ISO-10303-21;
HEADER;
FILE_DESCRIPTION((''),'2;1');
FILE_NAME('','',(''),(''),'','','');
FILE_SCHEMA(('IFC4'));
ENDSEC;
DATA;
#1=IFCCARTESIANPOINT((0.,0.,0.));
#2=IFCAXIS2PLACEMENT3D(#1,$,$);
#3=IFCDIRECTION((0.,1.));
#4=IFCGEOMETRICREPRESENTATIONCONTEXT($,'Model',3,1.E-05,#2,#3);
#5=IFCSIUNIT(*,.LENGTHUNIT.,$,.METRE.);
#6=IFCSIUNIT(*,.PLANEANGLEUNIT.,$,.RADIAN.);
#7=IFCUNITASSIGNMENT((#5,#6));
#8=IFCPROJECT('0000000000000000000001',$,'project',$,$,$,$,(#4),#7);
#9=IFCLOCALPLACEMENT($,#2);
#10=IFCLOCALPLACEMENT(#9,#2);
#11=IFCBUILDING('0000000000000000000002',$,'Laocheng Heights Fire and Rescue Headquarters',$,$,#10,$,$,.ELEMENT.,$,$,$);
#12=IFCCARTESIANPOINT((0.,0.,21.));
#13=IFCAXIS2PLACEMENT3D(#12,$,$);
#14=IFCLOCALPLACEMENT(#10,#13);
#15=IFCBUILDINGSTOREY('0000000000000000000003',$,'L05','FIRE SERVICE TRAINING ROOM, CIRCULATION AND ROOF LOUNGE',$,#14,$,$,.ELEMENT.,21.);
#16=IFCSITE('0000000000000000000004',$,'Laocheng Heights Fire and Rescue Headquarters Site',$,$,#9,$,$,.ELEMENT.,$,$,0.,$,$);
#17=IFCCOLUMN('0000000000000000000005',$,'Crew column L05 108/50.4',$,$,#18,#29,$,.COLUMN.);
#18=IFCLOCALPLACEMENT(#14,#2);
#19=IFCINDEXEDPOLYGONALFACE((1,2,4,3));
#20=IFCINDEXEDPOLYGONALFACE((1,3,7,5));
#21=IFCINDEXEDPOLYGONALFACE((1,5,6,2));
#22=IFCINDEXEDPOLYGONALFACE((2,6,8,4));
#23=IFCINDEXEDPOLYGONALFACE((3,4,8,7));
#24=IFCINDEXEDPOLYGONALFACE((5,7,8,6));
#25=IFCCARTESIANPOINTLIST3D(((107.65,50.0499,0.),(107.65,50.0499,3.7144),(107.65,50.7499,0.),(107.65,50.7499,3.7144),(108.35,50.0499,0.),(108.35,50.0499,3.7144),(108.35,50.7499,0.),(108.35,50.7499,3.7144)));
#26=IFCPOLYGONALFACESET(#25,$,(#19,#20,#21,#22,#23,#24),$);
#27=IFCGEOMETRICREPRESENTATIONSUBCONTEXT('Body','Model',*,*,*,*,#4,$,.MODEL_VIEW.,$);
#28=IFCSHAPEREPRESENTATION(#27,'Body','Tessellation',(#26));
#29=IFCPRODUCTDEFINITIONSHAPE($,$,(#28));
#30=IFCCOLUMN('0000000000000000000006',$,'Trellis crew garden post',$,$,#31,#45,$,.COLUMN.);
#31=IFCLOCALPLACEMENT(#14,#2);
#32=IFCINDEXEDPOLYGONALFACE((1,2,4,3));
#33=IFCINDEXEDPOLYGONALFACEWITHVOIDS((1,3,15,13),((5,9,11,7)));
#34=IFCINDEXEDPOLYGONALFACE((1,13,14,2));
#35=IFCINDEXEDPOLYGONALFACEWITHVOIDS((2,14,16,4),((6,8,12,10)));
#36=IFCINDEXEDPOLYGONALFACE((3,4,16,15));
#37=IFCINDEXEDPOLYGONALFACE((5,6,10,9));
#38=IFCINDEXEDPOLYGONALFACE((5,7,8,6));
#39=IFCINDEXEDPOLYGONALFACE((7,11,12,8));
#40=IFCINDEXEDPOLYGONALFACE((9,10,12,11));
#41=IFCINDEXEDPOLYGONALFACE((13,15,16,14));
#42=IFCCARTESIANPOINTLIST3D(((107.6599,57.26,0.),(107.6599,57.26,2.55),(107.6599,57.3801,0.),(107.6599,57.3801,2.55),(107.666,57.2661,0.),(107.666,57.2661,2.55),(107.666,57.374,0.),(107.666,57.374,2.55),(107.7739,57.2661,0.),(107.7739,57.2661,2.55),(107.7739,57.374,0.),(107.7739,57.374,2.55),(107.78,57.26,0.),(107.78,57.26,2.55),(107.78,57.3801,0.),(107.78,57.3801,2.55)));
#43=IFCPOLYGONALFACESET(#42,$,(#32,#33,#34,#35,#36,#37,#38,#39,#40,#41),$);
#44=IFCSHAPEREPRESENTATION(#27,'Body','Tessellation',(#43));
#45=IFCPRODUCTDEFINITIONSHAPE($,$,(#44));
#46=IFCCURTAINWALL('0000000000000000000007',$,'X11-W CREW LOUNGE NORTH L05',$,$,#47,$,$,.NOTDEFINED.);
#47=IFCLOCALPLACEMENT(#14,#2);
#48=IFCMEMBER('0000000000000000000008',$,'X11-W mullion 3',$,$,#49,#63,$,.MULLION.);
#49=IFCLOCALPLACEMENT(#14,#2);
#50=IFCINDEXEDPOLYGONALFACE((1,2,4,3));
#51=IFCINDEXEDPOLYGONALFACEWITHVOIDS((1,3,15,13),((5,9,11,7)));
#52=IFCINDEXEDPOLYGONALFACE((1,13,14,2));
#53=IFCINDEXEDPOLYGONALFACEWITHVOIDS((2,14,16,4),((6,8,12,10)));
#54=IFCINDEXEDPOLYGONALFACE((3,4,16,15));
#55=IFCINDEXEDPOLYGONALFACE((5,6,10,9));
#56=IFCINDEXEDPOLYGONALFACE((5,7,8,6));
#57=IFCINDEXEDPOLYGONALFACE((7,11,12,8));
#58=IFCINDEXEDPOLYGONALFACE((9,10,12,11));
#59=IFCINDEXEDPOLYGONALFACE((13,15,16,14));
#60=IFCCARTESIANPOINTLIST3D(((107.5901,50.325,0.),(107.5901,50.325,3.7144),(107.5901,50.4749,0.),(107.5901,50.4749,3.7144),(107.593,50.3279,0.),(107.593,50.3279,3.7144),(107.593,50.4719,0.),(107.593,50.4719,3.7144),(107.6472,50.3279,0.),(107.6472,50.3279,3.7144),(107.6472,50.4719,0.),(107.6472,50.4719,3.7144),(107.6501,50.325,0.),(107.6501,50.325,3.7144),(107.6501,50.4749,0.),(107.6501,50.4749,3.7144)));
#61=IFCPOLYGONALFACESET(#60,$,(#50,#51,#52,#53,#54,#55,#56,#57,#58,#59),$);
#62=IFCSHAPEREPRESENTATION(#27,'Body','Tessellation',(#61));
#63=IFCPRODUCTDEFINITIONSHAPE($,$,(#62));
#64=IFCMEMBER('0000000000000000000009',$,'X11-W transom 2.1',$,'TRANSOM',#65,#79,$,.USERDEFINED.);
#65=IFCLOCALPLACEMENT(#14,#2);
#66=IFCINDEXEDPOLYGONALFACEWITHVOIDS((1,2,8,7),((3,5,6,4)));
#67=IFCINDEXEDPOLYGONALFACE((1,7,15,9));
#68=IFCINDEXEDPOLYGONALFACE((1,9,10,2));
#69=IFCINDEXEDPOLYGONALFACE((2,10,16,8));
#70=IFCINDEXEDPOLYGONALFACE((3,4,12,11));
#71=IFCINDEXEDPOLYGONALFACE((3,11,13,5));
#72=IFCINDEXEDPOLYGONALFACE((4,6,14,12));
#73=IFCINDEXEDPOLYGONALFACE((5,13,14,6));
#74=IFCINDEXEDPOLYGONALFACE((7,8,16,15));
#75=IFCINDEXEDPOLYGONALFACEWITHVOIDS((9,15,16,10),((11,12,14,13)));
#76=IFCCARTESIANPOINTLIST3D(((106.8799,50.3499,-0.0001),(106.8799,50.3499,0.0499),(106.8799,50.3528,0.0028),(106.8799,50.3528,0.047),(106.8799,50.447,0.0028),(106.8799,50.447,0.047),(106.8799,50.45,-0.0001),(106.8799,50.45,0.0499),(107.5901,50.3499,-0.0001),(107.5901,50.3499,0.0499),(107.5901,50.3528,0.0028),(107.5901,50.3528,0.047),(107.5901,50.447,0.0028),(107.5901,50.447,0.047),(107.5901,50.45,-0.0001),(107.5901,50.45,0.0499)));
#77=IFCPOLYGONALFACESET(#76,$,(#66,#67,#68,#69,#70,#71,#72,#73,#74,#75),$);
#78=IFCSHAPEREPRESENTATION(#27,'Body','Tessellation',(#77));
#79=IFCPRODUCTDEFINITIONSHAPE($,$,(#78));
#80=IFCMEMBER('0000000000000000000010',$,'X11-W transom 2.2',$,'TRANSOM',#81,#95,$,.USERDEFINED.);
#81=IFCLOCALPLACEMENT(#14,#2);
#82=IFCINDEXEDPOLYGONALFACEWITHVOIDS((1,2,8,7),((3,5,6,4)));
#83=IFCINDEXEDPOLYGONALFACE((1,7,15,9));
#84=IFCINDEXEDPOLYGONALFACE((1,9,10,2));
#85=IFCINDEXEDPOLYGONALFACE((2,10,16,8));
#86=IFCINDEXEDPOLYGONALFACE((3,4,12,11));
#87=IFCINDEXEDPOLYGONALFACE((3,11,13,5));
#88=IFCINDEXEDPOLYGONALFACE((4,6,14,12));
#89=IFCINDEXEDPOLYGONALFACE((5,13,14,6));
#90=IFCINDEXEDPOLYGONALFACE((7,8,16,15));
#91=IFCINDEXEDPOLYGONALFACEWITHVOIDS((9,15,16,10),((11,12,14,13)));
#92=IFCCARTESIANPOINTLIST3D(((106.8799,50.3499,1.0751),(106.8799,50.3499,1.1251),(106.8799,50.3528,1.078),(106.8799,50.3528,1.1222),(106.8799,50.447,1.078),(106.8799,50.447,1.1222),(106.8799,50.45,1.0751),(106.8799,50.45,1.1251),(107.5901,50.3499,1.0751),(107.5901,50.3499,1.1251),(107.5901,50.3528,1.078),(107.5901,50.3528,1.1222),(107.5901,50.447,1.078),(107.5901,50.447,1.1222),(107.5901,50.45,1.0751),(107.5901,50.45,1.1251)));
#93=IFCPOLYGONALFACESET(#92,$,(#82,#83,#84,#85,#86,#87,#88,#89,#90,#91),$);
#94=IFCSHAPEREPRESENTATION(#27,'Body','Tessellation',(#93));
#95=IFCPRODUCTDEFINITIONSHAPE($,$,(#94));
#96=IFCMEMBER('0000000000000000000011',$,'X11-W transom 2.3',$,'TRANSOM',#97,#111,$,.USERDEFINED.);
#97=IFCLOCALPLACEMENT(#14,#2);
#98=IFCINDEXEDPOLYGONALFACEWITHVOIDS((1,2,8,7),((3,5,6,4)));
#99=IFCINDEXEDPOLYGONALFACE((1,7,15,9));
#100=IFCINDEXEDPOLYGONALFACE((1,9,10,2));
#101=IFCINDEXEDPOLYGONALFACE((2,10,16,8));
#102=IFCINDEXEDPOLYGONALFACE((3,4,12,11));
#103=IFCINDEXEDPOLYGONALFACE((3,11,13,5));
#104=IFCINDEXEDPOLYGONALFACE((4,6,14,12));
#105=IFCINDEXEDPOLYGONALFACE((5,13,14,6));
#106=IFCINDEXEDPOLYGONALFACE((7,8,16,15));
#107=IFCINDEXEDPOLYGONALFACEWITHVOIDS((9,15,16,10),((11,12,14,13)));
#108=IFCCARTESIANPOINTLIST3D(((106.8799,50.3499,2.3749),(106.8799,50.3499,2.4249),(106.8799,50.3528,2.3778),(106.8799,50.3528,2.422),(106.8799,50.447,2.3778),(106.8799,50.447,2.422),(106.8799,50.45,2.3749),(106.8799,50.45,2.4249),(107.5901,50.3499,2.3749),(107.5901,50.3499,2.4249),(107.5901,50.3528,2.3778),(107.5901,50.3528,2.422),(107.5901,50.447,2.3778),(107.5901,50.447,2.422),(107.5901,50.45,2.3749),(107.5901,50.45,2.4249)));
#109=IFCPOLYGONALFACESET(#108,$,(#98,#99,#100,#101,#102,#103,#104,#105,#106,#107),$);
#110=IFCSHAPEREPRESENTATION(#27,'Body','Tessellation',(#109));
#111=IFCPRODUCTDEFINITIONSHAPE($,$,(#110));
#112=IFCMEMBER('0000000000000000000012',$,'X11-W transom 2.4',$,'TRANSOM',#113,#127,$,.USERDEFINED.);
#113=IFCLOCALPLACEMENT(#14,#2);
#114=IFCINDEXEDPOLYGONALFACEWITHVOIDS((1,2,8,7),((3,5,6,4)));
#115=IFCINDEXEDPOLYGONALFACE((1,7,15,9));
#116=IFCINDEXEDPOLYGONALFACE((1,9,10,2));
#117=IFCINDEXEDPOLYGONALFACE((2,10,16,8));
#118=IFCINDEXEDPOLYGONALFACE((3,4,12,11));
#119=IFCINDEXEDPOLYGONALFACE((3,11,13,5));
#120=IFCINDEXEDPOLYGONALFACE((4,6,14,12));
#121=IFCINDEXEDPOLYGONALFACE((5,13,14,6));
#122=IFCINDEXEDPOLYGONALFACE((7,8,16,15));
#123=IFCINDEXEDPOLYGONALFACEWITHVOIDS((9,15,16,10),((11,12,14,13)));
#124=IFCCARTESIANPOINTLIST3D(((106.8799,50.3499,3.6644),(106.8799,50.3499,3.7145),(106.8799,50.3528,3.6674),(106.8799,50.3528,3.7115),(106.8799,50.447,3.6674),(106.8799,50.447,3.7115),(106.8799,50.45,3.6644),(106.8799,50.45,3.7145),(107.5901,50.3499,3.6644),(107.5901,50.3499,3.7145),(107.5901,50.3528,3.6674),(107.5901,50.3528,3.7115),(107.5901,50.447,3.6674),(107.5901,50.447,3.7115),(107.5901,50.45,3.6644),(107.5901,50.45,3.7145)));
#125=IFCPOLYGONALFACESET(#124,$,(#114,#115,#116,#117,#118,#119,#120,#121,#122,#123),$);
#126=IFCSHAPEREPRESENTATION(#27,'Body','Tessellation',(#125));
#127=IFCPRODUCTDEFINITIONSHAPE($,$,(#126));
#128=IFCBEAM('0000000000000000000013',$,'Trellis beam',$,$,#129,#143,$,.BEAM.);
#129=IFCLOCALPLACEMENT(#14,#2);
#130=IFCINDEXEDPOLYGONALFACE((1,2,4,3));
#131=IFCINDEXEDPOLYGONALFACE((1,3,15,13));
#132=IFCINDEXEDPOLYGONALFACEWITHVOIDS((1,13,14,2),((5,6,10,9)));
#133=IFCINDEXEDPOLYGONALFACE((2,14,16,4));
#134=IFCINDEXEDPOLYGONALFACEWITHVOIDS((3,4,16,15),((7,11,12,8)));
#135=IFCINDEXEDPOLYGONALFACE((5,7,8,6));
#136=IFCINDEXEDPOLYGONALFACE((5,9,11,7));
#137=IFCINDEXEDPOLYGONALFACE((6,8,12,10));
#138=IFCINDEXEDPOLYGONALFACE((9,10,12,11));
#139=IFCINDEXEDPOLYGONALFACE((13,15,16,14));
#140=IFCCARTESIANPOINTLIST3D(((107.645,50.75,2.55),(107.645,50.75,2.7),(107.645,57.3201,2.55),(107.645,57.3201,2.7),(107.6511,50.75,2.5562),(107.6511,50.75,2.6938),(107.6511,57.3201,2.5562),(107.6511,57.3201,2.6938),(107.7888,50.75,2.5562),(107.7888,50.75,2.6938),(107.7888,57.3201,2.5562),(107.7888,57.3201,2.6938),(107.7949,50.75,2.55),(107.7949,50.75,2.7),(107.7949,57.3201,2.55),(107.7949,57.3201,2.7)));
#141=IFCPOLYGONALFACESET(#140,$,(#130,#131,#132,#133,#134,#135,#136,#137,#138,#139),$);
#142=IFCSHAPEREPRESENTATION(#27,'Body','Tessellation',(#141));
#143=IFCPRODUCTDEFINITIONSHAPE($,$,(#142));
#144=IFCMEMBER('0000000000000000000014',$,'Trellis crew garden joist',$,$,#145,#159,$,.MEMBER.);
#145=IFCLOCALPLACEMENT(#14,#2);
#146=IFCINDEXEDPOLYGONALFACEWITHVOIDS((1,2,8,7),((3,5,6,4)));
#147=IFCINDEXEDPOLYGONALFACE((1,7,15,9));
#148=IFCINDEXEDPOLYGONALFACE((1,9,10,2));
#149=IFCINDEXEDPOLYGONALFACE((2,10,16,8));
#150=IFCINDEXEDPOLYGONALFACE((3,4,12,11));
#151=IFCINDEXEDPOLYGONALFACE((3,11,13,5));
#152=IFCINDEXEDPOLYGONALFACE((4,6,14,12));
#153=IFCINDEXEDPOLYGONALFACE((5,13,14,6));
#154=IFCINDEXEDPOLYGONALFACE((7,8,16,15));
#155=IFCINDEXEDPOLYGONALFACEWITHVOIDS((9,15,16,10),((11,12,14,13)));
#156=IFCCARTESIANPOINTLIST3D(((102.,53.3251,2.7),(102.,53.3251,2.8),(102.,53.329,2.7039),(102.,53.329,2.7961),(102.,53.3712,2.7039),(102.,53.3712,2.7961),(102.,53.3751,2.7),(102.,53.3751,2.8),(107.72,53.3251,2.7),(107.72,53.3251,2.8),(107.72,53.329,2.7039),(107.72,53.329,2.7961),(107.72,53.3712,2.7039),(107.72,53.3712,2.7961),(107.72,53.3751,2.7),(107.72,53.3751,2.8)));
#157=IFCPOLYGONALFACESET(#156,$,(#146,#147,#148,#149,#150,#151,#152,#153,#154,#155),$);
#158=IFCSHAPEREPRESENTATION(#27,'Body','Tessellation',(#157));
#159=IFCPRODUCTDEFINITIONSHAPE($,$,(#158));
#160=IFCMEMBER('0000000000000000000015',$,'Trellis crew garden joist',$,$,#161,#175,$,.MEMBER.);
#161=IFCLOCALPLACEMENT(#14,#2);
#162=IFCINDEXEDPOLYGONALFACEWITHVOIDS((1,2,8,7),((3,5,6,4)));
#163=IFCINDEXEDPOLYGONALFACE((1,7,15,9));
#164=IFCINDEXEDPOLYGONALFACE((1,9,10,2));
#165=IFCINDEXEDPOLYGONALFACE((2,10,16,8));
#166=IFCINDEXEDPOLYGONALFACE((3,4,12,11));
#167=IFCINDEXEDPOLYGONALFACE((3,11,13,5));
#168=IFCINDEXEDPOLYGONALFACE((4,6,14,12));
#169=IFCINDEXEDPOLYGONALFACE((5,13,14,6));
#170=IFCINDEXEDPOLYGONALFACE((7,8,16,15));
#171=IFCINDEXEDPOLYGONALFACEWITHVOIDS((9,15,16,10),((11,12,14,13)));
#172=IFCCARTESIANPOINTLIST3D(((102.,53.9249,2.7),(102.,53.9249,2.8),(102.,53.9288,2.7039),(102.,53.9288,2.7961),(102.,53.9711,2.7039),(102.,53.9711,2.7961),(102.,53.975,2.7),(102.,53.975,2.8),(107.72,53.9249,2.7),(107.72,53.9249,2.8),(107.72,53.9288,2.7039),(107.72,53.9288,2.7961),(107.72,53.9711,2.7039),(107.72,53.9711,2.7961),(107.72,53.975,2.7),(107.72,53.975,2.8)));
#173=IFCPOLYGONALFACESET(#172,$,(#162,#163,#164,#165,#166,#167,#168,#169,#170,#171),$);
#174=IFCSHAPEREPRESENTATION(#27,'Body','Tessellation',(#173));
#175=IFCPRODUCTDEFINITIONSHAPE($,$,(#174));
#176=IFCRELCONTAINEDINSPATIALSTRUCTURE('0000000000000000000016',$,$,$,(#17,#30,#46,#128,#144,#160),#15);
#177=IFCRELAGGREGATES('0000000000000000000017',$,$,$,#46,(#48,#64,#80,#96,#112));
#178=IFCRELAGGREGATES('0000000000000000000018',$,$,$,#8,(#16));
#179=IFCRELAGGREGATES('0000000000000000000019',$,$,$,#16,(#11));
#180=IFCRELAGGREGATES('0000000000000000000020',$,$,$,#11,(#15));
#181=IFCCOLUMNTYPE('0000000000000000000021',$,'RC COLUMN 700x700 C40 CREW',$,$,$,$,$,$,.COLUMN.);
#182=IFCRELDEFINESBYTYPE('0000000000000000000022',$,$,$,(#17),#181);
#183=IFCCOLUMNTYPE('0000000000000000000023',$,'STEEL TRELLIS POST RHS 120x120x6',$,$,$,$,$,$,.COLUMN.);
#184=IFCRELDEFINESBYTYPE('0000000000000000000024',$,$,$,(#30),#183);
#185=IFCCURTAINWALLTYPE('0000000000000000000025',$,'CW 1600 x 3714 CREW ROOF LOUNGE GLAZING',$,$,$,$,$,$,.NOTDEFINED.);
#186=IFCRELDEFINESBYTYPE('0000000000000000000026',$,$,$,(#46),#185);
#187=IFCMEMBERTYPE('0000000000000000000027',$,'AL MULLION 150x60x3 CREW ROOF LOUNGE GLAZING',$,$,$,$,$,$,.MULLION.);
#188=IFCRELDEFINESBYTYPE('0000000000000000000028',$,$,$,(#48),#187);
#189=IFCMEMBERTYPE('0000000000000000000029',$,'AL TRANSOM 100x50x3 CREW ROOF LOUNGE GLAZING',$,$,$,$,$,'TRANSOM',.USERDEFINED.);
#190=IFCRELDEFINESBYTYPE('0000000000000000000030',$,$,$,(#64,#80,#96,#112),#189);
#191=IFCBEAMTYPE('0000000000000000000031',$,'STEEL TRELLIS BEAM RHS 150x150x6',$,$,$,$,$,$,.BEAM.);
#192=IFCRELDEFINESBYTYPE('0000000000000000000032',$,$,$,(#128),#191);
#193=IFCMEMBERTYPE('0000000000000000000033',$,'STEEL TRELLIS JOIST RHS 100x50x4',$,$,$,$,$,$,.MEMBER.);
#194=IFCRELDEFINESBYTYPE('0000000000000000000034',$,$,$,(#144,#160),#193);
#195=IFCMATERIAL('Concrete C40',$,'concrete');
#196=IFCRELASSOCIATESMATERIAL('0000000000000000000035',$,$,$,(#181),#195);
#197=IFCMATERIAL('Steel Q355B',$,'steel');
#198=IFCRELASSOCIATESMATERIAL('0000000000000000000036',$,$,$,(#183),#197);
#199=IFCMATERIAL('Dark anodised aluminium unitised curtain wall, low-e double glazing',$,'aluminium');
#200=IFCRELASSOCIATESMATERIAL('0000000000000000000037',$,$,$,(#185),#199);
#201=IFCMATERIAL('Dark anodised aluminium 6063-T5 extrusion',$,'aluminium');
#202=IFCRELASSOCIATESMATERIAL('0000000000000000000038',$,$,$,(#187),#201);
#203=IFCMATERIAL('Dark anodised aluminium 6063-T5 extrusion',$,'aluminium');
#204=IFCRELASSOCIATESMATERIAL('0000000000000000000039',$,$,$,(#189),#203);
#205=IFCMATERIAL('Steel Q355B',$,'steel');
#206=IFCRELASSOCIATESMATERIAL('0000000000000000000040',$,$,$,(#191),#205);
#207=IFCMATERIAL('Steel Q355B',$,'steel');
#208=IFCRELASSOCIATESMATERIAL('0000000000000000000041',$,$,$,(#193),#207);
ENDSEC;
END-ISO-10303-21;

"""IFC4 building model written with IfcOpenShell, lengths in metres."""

from ifc_helpers import new_model, si_unit, direction, frame, origin, origin_2d, place, context, subcontext, project, spatial, rectangle, hollow_rectangle, extrude, material, material_profile, profile_set, type_object, element, aggregate, save


model = new_model("IFC4")

# Units and contexts
model_context = context("Model", 3, precision=1e-05, world=origin(), true_north=direction((0.0, 1.0)))
body_context = subcontext(model_context, "Body", "Model", "MODEL_VIEW")
ifc_project = project(units=[si_unit("LENGTHUNIT", "METRE"), si_unit("PLANEANGLEUNIT", "RADIAN")], contexts=[model_context])

# Site, building, storey
site_placement = place(None, origin())
site = spatial("IfcSite", under=ifc_project, at=site_placement, Name="Laocheng Heights Fire and Rescue Headquarters Site", CompositionType="ELEMENT", RefElevation=0.0)
building_placement = place(site_placement, origin())
building = spatial("IfcBuilding", under=site, at=building_placement, Name="Laocheng Heights Fire and Rescue Headquarters", CompositionType="ELEMENT")
storey_placement = place(building_placement, frame((0.0, 0.0, 21.0)))
storey = spatial("IfcBuildingStorey", under=building, at=storey_placement, Name="L05", Description="FIRE SERVICE TRAINING ROOM, CIRCULATION AND ROOF LOUNGE", CompositionType="ELEMENT", Elevation=21.0)

# Columns
ifc_material_1 = material(Name="Concrete C40", Category="concrete")
ifc_material_profile_1 = material_profile(ifc_material_1, rectangle(XDim=0.7, YDim=0.7, at=origin_2d()), Name="RC COLUMN 700x700 C40 CREW")
ifc_profile_set_1 = profile_set([ifc_material_profile_1], Name="Concrete C40")
column_type_1 = type_object("IfcColumnType", Name="RC COLUMN 700x700 C40 CREW", PredefinedType="COLUMN", material=ifc_profile_set_1)
column_1_placement = place(storey_placement, frame((108.0, 50.3999, 0.0), z_axis=(0.0, 0.0, 1.0), x_axis=(1.0, 0.0, 0.0)))
element("IfcColumn", 1, at=column_1_placement, inside=storey, type_object=column_type_1, Name="Crew column L05 108/50.4", PredefinedType="COLUMN", context=body_context, shape_type="SweptSolid", body=[
    extrude(rectangle(XDim=0.7, YDim=0.7, at=origin_2d()), origin(), (0.0, 0.0, 1.0), 3.7144),
])
ifc_material_2 = material(Name="Steel Q355B", Category="steel")
ifc_material_profile_2 = material_profile(ifc_material_2, hollow_rectangle(XDim=0.1201, YDim=0.1201, WallThickness=0.0061, at=origin_2d()), Name="RHS 120x120x6")
ifc_profile_set_2 = profile_set([ifc_material_profile_2], Name="Steel Q355B")
column_type_2 = type_object("IfcColumnType", Name="STEEL TRELLIS POST RHS 120x120x6", PredefinedType="COLUMN", material=ifc_profile_set_2)
column_2_placement = place(storey_placement, frame((107.72, 57.3201, 0.0), z_axis=(0.0, 0.0, 1.0), x_axis=(1.0, 0.0, 0.0)))
element("IfcColumn", 2, at=column_2_placement, inside=storey, type_object=column_type_2, Name="Trellis crew garden post", PredefinedType="COLUMN", context=body_context, shape_type="SweptSolid", body=[
    extrude(hollow_rectangle(XDim=0.1201, YDim=0.1201, WallThickness=0.0061, at=origin_2d()), origin(), (0.0, 0.0, 1.0), 2.55),
])

# Curtain wall, members
ifc_material_3 = material(Name="Dark anodised aluminium unitised curtain wall, low-e double glazing", Category="aluminium")
curtain_wall_type = type_object("IfcCurtainWallType", Name="CW 1600 x 3714 CREW ROOF LOUNGE GLAZING", PredefinedType="NOTDEFINED", material=ifc_material_3)
curtain_wall_placement = place(storey_placement, origin())
curtain_wall = element("IfcCurtainWall", 3, at=curtain_wall_placement, inside=storey, type_object=curtain_wall_type, Name="X11-W CREW LOUNGE NORTH L05", PredefinedType="NOTDEFINED")
ifc_material_4 = material(Name="Dark anodised aluminium 6063-T5 extrusion", Category="aluminium")
ifc_material_profile_3 = material_profile(ifc_material_4, hollow_rectangle(XDim=0.1499, YDim=0.0601, WallThickness=0.0029, at=origin_2d()), Name="AL MULLION 150x60x3 CREW ROOF LOUNGE GLAZING")
ifc_profile_set_3 = profile_set([ifc_material_profile_3], Name="Dark anodised aluminium 6063-T5 extrusion")
member_type_1 = type_object("IfcMemberType", Name="AL MULLION 150x60x3 CREW ROOF LOUNGE GLAZING", PredefinedType="MULLION", material=ifc_profile_set_3)
member_1_placement = place(storey_placement, frame((107.6201, 50.3999, 0.0), z_axis=(0.0, 0.0, 1.0), x_axis=(0.0, 1.0, 0.0)))
member_1 = element("IfcMember", 4, at=member_1_placement, type_object=member_type_1, Name="X11-W mullion 3", PredefinedType="MULLION", context=body_context, shape_type="SweptSolid", body=[
    extrude(hollow_rectangle(XDim=0.1499, YDim=0.0601, WallThickness=0.0029, at=origin_2d()), origin(), (0.0, 0.0, 1.0), 3.7144),
])
ifc_material_5 = material(Name="Dark anodised aluminium 6063-T5 extrusion", Category="aluminium")
ifc_material_profile_4 = material_profile(ifc_material_5, hollow_rectangle(XDim=0.1001, YDim=0.05, WallThickness=0.0029, at=origin_2d()), Name="AL TRANSOM 100x50x3 CREW ROOF LOUNGE GLAZING")
ifc_profile_set_4 = profile_set([ifc_material_profile_4], Name="Dark anodised aluminium 6063-T5 extrusion")
member_type_2 = type_object("IfcMemberType", Name="AL TRANSOM 100x50x3 CREW ROOF LOUNGE GLAZING", ElementType="TRANSOM", PredefinedType="USERDEFINED", material=ifc_profile_set_4)
member_2_placement = place(storey_placement, frame((106.8799, 50.3999, 0.0249), z_axis=(1.0, 0.0, 0.0), x_axis=(0.0, 1.0, 0.0)))
member_2 = element("IfcMember", 5, at=member_2_placement, type_object=member_type_2, Name="X11-W transom 2.1", ObjectType="TRANSOM", PredefinedType="USERDEFINED", context=body_context, shape_type="SweptSolid", body=[
    extrude(hollow_rectangle(XDim=0.1001, YDim=0.05, WallThickness=0.0029, at=origin_2d()), origin(), (0.0, 0.0, 1.0), 0.7102),
])
member_3_placement = place(storey_placement, frame((106.8799, 50.3999, 1.1001), z_axis=(1.0, 0.0, 0.0), x_axis=(0.0, 1.0, 0.0)))
member_3 = element("IfcMember", 6, at=member_3_placement, type_object=member_type_2, Name="X11-W transom 2.2", ObjectType="TRANSOM", PredefinedType="USERDEFINED", context=body_context, shape_type="SweptSolid", body=[
    extrude(hollow_rectangle(XDim=0.1001, YDim=0.05, WallThickness=0.0029, at=origin_2d()), origin(), (0.0, 0.0, 1.0), 0.7102),
])
member_4_placement = place(storey_placement, frame((106.8799, 50.3999, 2.3999), z_axis=(1.0, 0.0, 0.0), x_axis=(0.0, 1.0, 0.0)))
member_4 = element("IfcMember", 7, at=member_4_placement, type_object=member_type_2, Name="X11-W transom 2.3", ObjectType="TRANSOM", PredefinedType="USERDEFINED", context=body_context, shape_type="SweptSolid", body=[
    extrude(hollow_rectangle(XDim=0.1001, YDim=0.05, WallThickness=0.0029, at=origin_2d()), origin(), (0.0, 0.0, 1.0), 0.7102),
])
member_5_placement = place(storey_placement, frame((106.8799, 50.3999, 3.6895), z_axis=(1.0, 0.0, 0.0), x_axis=(0.0, 1.0, 0.0)))
member_5 = element("IfcMember", 8, at=member_5_placement, type_object=member_type_2, Name="X11-W transom 2.4", ObjectType="TRANSOM", PredefinedType="USERDEFINED", context=body_context, shape_type="SweptSolid", body=[
    extrude(hollow_rectangle(XDim=0.1001, YDim=0.05, WallThickness=0.0029, at=origin_2d()), origin(), (0.0, 0.0, 1.0), 0.7102),
])

# Beam
ifc_material_6 = material(Name="Steel Q355B", Category="steel")
ifc_material_profile_5 = material_profile(ifc_material_6, hollow_rectangle(XDim=0.1499, YDim=0.1499, WallThickness=0.0061, at=origin_2d()), Name="RHS 150x150x6")
ifc_profile_set_5 = profile_set([ifc_material_profile_5], Name="Steel Q355B")
beam_type = type_object("IfcBeamType", Name="STEEL TRELLIS BEAM RHS 150x150x6", PredefinedType="BEAM", material=ifc_profile_set_5)
beam_placement = place(storey_placement, frame((107.72, 50.75, 2.625), z_axis=(0.0, 1.0, 0.0), x_axis=(-1.0, 0.0, 0.0)))
element("IfcBeam", 9, at=beam_placement, inside=storey, type_object=beam_type, Name="Trellis beam", PredefinedType="BEAM", context=body_context, shape_type="SweptSolid", body=[
    extrude(hollow_rectangle(XDim=0.1499, YDim=0.1499, WallThickness=0.0061, at=origin_2d()), origin(), (0.0, 0.0, 1.0), 6.5701),
])

# Members
ifc_material_7 = material(Name="Steel Q355B", Category="steel")
ifc_material_profile_6 = material_profile(ifc_material_7, hollow_rectangle(XDim=0.05, YDim=0.1001, WallThickness=0.0039, at=origin_2d()), Name="RHS 100x50x4")
ifc_profile_set_6 = profile_set([ifc_material_profile_6], Name="Steel Q355B")
member_type_3 = type_object("IfcMemberType", Name="STEEL TRELLIS JOIST RHS 100x50x4", PredefinedType="MEMBER", material=ifc_profile_set_6)
for number, where, z_axis, x_axis, name in (
    (10, (102.0, 53.3501, 2.75), (1.0, 0.0, 0.0), (0.0, 1.0, 0.0), "Trellis crew garden joist"),
    (11, (102.0, 53.95, 2.75), (1.0, 0.0, 0.0), (0.0, 1.0, 0.0), "Trellis crew garden joist"),
):
    element("IfcMember", number, at=place(storey_placement, frame(where, z_axis=z_axis, x_axis=x_axis)), inside=storey, type_object=member_type_3, Name=name, PredefinedType="MEMBER", context=body_context, shape_type="SweptSolid", body=[
        extrude(hollow_rectangle(XDim=0.05, YDim=0.1001, WallThickness=0.0039, at=origin_2d()), origin(), (0.0, 0.0, 1.0), 5.72),
    ])

aggregate(curtain_wall, [member_1, member_2, member_3, member_4, member_5])

save(model, "model.ifc")
